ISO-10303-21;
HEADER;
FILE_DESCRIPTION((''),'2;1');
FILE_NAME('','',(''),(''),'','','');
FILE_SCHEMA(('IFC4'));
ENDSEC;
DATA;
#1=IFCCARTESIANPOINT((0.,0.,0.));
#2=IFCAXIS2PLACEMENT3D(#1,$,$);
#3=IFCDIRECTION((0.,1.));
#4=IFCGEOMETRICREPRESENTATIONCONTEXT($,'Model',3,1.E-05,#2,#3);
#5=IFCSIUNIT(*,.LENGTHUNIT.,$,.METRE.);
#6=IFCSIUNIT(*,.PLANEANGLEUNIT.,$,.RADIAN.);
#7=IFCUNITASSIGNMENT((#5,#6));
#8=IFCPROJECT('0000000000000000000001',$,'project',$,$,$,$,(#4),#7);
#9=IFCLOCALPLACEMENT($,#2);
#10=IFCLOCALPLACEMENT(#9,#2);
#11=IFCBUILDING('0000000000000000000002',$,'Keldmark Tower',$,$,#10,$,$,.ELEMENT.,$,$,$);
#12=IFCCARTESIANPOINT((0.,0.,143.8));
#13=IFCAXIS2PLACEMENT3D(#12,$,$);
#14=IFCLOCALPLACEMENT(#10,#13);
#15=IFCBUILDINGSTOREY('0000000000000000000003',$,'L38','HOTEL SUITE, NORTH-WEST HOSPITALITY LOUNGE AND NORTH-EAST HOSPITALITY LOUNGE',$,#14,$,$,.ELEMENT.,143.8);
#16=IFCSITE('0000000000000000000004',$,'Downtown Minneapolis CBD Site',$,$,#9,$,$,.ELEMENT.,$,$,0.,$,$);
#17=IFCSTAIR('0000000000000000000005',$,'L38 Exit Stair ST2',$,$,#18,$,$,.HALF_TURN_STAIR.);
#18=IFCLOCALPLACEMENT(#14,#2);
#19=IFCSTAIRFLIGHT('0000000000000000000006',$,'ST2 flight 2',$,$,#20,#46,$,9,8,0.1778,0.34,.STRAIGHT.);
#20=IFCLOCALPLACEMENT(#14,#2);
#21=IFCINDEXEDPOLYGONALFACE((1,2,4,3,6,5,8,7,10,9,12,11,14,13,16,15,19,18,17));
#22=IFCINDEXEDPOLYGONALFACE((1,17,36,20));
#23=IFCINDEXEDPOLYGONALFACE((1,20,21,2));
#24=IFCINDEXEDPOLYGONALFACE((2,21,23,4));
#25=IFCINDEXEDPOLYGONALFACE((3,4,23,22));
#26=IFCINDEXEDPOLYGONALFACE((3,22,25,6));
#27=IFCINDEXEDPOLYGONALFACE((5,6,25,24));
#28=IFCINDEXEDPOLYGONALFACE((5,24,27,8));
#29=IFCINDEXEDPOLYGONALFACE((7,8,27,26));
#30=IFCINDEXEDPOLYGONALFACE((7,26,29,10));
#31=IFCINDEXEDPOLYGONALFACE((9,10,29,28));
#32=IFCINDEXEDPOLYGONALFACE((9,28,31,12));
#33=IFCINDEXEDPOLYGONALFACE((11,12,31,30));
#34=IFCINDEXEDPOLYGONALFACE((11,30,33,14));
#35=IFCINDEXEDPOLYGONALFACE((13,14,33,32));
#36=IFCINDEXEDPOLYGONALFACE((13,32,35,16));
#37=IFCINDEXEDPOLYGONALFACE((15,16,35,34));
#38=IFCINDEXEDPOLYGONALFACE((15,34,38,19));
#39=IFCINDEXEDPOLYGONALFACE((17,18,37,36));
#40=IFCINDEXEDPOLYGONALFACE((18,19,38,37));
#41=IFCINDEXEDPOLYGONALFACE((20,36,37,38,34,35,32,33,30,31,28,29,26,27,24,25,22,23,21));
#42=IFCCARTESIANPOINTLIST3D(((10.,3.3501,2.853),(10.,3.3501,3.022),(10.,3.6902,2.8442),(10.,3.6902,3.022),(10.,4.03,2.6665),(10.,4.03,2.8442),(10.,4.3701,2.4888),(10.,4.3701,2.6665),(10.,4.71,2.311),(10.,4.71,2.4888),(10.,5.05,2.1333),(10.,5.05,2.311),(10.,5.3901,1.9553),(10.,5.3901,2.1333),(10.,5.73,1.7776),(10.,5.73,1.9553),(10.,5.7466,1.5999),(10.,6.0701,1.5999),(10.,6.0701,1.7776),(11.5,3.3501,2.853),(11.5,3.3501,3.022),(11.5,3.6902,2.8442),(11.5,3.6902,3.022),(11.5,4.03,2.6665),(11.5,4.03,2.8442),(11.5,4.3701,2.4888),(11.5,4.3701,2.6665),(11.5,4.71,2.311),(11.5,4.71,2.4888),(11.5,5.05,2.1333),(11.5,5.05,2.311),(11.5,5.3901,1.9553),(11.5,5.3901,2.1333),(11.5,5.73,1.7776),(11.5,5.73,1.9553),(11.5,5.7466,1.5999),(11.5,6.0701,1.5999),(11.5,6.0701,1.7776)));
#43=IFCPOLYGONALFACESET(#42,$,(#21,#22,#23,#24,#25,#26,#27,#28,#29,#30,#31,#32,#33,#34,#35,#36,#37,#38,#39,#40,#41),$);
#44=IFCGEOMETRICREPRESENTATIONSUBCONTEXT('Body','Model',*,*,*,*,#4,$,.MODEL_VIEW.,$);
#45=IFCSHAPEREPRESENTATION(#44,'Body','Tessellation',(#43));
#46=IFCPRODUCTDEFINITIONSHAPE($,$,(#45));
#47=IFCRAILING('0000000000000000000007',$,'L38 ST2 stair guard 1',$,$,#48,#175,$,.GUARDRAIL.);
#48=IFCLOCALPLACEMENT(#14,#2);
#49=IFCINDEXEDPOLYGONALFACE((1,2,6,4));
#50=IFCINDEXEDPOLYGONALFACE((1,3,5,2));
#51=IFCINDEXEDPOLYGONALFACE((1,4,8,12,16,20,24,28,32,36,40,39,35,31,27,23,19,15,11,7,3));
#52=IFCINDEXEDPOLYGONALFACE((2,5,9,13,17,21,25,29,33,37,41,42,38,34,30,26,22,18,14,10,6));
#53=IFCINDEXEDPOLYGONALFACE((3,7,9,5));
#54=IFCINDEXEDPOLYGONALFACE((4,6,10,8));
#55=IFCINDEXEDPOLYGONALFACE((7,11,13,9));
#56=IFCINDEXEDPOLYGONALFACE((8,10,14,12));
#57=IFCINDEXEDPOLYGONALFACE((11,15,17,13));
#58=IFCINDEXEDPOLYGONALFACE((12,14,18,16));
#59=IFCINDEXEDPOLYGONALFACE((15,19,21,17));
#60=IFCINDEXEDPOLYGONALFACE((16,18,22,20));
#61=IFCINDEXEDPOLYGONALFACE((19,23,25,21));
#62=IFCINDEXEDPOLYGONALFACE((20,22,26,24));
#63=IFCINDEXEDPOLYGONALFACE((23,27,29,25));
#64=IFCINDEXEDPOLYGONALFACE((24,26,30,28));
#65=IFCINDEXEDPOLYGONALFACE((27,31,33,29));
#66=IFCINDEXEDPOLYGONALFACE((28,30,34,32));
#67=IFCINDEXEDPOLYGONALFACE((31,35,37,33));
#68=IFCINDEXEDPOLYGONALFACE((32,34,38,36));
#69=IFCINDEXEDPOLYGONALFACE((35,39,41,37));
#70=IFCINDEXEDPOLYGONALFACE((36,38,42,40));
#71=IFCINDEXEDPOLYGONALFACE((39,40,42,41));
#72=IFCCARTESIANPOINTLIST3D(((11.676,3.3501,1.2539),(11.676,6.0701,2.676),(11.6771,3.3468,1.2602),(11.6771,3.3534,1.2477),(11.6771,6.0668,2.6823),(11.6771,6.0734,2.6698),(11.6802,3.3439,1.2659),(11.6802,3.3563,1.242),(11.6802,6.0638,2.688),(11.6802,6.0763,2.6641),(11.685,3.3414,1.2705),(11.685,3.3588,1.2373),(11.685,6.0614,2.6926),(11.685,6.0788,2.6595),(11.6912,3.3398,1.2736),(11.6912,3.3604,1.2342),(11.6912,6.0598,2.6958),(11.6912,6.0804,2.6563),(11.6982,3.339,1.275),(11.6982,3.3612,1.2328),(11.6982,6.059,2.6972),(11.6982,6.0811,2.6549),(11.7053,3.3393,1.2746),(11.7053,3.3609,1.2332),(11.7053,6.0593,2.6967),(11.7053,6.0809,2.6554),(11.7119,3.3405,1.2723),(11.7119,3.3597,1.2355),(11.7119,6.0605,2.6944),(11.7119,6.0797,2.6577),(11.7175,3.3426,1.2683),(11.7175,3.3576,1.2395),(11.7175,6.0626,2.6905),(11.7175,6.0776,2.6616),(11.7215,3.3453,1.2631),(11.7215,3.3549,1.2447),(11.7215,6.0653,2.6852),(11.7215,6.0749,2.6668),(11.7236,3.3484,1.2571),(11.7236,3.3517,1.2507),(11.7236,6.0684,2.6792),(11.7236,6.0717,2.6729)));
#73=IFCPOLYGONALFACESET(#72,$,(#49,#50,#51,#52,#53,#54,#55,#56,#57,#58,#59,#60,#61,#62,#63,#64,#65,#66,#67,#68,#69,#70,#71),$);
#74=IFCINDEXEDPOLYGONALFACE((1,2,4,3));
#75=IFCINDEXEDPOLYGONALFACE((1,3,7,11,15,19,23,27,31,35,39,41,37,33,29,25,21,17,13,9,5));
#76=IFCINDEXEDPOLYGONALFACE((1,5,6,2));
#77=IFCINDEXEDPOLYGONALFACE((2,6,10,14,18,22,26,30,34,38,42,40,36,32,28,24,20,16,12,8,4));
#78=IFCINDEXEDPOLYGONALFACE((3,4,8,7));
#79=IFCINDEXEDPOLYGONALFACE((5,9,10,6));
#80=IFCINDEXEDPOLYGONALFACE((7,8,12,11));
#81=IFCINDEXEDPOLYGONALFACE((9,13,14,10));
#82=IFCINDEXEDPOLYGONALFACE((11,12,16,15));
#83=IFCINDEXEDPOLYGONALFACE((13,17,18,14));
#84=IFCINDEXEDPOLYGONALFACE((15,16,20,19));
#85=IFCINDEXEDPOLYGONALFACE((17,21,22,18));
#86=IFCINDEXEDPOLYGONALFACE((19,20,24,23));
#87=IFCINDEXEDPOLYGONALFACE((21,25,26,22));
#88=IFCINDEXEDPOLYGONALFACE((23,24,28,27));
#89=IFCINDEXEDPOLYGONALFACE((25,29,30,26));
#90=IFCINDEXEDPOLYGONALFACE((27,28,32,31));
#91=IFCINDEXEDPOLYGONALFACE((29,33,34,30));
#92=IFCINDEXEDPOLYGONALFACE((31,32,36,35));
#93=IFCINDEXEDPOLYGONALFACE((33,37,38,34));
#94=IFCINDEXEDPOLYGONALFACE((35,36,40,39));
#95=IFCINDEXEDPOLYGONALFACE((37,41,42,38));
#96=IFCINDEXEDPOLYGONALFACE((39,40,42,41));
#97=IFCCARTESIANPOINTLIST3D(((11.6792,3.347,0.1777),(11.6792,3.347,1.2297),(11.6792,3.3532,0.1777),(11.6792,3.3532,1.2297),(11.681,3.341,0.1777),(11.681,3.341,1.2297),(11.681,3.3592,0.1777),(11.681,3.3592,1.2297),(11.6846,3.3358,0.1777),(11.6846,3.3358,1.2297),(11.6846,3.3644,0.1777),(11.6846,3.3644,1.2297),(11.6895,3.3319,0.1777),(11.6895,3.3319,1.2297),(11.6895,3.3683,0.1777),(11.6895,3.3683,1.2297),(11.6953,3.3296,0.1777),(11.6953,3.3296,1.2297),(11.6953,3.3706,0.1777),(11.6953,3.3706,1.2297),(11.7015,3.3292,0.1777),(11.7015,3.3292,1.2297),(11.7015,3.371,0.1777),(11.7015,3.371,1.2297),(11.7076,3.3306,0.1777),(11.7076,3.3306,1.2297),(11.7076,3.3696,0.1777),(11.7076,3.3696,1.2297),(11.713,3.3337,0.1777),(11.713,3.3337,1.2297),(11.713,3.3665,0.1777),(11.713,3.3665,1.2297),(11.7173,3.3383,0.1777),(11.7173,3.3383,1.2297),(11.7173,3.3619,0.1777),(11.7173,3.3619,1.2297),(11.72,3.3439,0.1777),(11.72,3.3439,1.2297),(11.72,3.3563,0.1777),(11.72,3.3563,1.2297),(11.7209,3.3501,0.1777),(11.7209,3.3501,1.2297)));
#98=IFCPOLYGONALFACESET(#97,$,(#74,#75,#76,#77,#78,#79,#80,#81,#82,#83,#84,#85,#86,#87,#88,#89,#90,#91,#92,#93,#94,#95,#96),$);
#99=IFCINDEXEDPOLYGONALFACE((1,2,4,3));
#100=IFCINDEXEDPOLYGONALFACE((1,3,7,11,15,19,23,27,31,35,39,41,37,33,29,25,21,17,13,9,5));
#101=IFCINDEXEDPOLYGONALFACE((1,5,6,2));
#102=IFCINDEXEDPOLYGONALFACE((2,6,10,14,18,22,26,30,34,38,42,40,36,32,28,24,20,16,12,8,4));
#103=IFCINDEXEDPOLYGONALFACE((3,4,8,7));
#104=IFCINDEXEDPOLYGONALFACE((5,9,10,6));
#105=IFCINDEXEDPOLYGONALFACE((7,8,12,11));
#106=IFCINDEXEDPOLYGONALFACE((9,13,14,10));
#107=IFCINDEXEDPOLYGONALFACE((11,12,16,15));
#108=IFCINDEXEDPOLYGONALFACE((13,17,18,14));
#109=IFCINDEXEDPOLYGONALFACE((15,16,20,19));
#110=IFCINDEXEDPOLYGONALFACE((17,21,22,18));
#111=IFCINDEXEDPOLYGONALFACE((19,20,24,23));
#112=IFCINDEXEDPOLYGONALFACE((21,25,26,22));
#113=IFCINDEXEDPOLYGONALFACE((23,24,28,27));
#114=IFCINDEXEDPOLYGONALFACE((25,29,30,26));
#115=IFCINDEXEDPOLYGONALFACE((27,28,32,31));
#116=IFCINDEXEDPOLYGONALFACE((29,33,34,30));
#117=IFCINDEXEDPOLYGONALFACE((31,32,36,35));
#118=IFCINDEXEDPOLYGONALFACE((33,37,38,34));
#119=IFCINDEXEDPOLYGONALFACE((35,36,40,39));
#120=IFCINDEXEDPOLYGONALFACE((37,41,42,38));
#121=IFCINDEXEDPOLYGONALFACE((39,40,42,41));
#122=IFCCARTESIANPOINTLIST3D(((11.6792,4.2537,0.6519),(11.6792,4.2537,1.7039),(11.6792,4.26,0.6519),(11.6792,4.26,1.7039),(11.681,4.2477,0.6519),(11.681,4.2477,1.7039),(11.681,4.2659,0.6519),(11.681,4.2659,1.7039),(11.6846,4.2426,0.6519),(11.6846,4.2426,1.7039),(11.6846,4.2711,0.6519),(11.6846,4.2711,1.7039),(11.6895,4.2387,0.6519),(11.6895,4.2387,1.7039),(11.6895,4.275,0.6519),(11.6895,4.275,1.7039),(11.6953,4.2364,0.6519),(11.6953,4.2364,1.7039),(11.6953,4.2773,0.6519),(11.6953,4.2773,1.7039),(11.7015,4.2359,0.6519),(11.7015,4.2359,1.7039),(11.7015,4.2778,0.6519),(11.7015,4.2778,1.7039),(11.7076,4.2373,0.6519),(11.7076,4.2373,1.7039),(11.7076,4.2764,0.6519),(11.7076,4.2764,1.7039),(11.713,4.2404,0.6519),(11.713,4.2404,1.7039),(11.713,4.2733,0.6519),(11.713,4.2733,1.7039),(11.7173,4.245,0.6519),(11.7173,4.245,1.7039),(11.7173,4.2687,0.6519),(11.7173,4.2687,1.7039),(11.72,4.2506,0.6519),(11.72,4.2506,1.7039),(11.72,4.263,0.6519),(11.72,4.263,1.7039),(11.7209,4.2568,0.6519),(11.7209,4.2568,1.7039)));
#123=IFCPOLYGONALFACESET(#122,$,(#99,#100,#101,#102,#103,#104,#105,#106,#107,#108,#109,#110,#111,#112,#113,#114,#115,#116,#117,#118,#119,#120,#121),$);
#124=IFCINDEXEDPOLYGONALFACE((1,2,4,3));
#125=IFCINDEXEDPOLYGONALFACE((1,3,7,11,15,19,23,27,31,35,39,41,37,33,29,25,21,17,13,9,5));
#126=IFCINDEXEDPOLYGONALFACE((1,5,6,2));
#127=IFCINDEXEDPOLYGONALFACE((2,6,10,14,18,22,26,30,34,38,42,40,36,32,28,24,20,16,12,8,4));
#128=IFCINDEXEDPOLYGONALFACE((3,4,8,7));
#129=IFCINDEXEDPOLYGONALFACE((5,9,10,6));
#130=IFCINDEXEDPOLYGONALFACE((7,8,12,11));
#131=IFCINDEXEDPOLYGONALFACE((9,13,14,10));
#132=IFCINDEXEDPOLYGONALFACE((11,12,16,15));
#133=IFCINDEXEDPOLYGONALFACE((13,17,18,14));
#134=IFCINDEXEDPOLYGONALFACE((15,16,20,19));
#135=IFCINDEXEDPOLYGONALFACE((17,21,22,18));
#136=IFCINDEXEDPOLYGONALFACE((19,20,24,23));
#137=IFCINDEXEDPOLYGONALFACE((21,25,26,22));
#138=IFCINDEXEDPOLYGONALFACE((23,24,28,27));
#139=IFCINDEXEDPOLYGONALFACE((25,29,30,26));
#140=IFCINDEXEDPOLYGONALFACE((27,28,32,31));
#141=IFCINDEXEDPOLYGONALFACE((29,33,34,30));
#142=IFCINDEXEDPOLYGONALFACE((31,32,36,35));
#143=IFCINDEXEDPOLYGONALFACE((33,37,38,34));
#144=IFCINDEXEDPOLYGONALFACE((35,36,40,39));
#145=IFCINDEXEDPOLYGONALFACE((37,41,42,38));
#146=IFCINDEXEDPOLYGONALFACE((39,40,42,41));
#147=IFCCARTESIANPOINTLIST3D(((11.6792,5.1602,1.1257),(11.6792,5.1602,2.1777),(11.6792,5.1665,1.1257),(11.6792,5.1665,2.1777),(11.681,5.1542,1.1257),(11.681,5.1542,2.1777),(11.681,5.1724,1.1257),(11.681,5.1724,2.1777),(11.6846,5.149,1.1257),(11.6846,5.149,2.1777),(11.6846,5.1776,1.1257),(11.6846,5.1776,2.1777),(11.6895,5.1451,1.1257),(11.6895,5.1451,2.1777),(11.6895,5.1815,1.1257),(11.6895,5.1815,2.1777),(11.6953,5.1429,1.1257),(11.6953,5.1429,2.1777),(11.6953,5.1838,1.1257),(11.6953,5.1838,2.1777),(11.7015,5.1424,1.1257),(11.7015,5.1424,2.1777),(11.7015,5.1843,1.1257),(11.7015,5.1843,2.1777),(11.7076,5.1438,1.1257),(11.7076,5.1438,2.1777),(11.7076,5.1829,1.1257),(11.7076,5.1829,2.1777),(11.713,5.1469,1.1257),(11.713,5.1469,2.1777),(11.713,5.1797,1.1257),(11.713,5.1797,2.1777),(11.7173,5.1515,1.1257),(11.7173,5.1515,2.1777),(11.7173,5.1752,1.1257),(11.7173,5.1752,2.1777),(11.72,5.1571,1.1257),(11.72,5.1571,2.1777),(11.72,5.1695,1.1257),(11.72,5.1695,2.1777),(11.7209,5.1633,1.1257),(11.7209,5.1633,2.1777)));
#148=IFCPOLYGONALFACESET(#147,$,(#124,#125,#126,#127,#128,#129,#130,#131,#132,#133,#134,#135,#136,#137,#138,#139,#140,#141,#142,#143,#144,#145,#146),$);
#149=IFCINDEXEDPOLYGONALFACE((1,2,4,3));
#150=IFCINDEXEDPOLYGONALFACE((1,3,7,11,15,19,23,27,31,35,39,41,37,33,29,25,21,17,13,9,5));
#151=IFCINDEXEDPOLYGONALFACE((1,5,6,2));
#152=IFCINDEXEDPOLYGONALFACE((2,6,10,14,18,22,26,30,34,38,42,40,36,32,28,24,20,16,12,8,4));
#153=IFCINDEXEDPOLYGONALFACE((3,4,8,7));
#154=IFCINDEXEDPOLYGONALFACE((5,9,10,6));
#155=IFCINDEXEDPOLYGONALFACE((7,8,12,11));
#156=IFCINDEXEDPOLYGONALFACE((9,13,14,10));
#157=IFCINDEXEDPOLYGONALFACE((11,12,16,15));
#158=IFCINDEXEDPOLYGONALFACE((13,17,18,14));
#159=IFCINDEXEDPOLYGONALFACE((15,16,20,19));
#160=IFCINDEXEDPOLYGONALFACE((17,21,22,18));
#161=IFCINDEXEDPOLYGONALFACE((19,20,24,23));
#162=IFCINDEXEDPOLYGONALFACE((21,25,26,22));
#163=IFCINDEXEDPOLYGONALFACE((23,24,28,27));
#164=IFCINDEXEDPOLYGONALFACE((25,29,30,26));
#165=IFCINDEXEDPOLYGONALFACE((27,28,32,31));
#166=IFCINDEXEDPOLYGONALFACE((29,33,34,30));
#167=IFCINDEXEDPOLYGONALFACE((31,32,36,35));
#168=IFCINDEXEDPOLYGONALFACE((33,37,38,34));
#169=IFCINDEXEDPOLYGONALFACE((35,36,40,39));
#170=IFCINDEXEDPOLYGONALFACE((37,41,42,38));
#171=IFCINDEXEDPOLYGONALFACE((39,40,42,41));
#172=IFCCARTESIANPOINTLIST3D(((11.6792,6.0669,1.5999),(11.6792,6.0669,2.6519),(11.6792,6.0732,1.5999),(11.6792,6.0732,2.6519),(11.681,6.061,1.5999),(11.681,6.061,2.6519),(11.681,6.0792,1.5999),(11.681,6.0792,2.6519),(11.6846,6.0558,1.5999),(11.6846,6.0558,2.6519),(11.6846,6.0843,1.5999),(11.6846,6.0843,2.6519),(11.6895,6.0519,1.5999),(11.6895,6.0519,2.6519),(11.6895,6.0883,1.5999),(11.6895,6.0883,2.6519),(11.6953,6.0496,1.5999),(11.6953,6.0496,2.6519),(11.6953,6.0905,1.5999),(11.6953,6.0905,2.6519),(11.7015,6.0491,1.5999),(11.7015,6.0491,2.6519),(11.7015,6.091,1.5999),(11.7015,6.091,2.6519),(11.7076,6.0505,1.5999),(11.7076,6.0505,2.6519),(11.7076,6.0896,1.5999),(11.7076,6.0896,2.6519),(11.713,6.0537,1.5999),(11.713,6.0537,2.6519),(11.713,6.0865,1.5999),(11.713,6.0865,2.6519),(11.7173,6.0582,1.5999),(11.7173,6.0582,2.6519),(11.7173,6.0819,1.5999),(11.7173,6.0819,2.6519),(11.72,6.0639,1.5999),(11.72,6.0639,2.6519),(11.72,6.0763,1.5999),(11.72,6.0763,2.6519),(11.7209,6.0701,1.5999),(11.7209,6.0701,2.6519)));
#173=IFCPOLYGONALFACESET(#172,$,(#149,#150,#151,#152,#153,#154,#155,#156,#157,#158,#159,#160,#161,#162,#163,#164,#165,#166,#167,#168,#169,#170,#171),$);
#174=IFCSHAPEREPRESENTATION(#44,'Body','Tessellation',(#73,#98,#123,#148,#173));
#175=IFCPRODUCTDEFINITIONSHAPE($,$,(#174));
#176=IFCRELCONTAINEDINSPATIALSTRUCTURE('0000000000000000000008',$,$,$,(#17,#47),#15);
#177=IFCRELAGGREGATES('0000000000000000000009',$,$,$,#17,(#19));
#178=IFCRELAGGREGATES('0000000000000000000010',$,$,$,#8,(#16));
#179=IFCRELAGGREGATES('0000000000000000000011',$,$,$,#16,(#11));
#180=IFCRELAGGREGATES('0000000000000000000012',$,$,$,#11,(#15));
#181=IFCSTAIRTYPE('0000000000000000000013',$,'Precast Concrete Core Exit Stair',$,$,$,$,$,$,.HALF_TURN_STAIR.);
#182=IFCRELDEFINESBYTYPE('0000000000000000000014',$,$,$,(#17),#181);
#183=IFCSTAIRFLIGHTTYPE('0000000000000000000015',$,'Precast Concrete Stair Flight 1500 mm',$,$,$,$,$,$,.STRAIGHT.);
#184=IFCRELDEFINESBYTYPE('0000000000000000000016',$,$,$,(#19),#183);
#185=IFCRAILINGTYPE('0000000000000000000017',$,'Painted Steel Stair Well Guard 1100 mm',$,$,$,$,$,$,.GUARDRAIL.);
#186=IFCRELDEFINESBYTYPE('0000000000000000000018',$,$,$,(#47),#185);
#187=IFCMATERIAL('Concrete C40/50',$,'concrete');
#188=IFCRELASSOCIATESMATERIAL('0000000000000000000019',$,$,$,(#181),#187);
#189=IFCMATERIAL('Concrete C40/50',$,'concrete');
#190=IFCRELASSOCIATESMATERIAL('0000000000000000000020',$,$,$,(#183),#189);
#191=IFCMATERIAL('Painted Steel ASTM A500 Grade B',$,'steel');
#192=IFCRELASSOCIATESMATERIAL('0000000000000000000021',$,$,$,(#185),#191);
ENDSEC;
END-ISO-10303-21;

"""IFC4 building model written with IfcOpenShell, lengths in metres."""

from ifc_helpers import new_model, si_unit, direction, frame, origin, origin_2d, place, context, subcontext, project, spatial, polyline, circle, outline, extrude, material, type_object, element, aggregate, save


model = new_model("IFC4")

# Units and contexts
model_context = context("Model", 3, precision=1e-05, world=origin(), true_north=direction((0.0, 1.0)))
body_context = subcontext(model_context, "Body", "Model", "MODEL_VIEW")
ifc_project = project(units=[si_unit("LENGTHUNIT", "METRE"), si_unit("PLANEANGLEUNIT", "RADIAN")], contexts=[model_context])

# Site, building, storey
site_placement = place(None, origin())
site = spatial("IfcSite", under=ifc_project, at=site_placement, Name="Downtown Minneapolis CBD Site", CompositionType="ELEMENT", RefElevation=0.0)
building_placement = place(site_placement, origin())
building = spatial("IfcBuilding", under=site, at=building_placement, Name="Keldmark Tower", CompositionType="ELEMENT")
storey_placement = place(building_placement, frame((0.0, 0.0, 143.8)))
storey = spatial("IfcBuildingStorey", under=building, at=storey_placement, Name="L38", Description="HOTEL SUITE, NORTH-WEST HOSPITALITY LOUNGE AND NORTH-EAST HOSPITALITY LOUNGE", CompositionType="ELEMENT", Elevation=143.8)

# Stair, stair flight
ifc_material_1 = material(Name="Concrete C40/50", Category="concrete")
stair_type = type_object("IfcStairType", Name="Precast Concrete Core Exit Stair", PredefinedType="HALF_TURN_STAIR", material=ifc_material_1)
stair_placement = place(storey_placement, origin())
stair = element("IfcStair", 1, at=stair_placement, inside=storey, type_object=stair_type, Name="L38 Exit Stair ST2", PredefinedType="HALF_TURN_STAIR")
ifc_material_2 = material(Name="Concrete C40/50", Category="concrete")
stair_flight_type = type_object("IfcStairFlightType", Name="Precast Concrete Stair Flight 1500 mm", PredefinedType="STRAIGHT", material=ifc_material_2)
stair_flight_placement = place(storey_placement, frame((10.75, 6.0701, 1.5999), z_axis=(0.0, 0.0, 1.0), x_axis=(0.0, -1.0, 0.0)))
stair_flight = element("IfcStairFlight", 2, at=stair_flight_placement, type_object=stair_flight_type, Name="ST2 flight 2", NumberOfRisers=9, NumberOfTreads=8, PredefinedType="STRAIGHT", RiserHeight=0.1778, TreadLength=0.34, context=body_context, shape_type="SweptSolid", body=[
    extrude(outline(polyline([(0.0, 0.0), (0.0, 0.1777), (0.3401, 0.1777), (0.3401, 0.3555), (0.6799, 0.3555), (0.6799, 0.5334), (1.02, 0.5334), (1.02, 0.7112), (1.3601, 0.7112), (1.3601, 0.8889), (1.7, 0.8889), (1.7, 1.0667), (2.04, 1.0667), (2.04, 1.2444), (2.3799, 1.2444), (2.3799, 1.4221), (2.72, 1.4221), (2.72, 1.6001), (2.72, 1.2532), (0.3235, 0.0), (0.0, 0.0)])), frame((0.0, 0.75, 0.0), z_axis=(0.0, -1.0, 0.0), x_axis=(1.0, 0.0, 0.0)), (0.0, 0.0, 1.0), 1.5),
])
aggregate(stair, [stair_flight])

# Railing
ifc_material_3 = material(Name="Painted Steel ASTM A500 Grade B", Category="steel")
railing_type_1 = type_object("IfcRailingType", Name="Painted Steel Stair Well Guard 1100 mm", PredefinedType="GUARDRAIL", material=ifc_material_3)
railing_1_placement = place(storey_placement, frame((11.7, 3.3501, 0.1777)))
element("IfcRailing", 3, at=railing_1_placement, inside=storey, type_object=railing_type_1, Name="L38 ST2 stair guard 1", PredefinedType="GUARDRAIL", context=body_context, shape_type="SweptSolid", body=[
    extrude(circle(Radius=0.0239, at=origin_2d()), frame((0.0, 0.0, 1.0762), z_axis=(0.0, 0.886183, 0.463335), x_axis=(-1.0, 0.0, 0.0)), (0.0, 0.0, 1.0), 3.0693),
    extrude(circle(Radius=0.021, at=origin_2d()), origin(), (0.0, 0.0, 1.0), 1.052),
    extrude(circle(Radius=0.021, at=origin_2d()), frame((0.0, 0.9067, 0.4741)), (0.0, 0.0, 1.0), 1.052),
    extrude(circle(Radius=0.021, at=origin_2d()), frame((0.0, 1.8132, 0.948)), (0.0, 0.0, 1.0), 1.052),
    extrude(circle(Radius=0.021, at=origin_2d()), frame((0.0, 2.72, 1.4221)), (0.0, 0.0, 1.0), 1.052),
])

save(model, "model.ifc")
